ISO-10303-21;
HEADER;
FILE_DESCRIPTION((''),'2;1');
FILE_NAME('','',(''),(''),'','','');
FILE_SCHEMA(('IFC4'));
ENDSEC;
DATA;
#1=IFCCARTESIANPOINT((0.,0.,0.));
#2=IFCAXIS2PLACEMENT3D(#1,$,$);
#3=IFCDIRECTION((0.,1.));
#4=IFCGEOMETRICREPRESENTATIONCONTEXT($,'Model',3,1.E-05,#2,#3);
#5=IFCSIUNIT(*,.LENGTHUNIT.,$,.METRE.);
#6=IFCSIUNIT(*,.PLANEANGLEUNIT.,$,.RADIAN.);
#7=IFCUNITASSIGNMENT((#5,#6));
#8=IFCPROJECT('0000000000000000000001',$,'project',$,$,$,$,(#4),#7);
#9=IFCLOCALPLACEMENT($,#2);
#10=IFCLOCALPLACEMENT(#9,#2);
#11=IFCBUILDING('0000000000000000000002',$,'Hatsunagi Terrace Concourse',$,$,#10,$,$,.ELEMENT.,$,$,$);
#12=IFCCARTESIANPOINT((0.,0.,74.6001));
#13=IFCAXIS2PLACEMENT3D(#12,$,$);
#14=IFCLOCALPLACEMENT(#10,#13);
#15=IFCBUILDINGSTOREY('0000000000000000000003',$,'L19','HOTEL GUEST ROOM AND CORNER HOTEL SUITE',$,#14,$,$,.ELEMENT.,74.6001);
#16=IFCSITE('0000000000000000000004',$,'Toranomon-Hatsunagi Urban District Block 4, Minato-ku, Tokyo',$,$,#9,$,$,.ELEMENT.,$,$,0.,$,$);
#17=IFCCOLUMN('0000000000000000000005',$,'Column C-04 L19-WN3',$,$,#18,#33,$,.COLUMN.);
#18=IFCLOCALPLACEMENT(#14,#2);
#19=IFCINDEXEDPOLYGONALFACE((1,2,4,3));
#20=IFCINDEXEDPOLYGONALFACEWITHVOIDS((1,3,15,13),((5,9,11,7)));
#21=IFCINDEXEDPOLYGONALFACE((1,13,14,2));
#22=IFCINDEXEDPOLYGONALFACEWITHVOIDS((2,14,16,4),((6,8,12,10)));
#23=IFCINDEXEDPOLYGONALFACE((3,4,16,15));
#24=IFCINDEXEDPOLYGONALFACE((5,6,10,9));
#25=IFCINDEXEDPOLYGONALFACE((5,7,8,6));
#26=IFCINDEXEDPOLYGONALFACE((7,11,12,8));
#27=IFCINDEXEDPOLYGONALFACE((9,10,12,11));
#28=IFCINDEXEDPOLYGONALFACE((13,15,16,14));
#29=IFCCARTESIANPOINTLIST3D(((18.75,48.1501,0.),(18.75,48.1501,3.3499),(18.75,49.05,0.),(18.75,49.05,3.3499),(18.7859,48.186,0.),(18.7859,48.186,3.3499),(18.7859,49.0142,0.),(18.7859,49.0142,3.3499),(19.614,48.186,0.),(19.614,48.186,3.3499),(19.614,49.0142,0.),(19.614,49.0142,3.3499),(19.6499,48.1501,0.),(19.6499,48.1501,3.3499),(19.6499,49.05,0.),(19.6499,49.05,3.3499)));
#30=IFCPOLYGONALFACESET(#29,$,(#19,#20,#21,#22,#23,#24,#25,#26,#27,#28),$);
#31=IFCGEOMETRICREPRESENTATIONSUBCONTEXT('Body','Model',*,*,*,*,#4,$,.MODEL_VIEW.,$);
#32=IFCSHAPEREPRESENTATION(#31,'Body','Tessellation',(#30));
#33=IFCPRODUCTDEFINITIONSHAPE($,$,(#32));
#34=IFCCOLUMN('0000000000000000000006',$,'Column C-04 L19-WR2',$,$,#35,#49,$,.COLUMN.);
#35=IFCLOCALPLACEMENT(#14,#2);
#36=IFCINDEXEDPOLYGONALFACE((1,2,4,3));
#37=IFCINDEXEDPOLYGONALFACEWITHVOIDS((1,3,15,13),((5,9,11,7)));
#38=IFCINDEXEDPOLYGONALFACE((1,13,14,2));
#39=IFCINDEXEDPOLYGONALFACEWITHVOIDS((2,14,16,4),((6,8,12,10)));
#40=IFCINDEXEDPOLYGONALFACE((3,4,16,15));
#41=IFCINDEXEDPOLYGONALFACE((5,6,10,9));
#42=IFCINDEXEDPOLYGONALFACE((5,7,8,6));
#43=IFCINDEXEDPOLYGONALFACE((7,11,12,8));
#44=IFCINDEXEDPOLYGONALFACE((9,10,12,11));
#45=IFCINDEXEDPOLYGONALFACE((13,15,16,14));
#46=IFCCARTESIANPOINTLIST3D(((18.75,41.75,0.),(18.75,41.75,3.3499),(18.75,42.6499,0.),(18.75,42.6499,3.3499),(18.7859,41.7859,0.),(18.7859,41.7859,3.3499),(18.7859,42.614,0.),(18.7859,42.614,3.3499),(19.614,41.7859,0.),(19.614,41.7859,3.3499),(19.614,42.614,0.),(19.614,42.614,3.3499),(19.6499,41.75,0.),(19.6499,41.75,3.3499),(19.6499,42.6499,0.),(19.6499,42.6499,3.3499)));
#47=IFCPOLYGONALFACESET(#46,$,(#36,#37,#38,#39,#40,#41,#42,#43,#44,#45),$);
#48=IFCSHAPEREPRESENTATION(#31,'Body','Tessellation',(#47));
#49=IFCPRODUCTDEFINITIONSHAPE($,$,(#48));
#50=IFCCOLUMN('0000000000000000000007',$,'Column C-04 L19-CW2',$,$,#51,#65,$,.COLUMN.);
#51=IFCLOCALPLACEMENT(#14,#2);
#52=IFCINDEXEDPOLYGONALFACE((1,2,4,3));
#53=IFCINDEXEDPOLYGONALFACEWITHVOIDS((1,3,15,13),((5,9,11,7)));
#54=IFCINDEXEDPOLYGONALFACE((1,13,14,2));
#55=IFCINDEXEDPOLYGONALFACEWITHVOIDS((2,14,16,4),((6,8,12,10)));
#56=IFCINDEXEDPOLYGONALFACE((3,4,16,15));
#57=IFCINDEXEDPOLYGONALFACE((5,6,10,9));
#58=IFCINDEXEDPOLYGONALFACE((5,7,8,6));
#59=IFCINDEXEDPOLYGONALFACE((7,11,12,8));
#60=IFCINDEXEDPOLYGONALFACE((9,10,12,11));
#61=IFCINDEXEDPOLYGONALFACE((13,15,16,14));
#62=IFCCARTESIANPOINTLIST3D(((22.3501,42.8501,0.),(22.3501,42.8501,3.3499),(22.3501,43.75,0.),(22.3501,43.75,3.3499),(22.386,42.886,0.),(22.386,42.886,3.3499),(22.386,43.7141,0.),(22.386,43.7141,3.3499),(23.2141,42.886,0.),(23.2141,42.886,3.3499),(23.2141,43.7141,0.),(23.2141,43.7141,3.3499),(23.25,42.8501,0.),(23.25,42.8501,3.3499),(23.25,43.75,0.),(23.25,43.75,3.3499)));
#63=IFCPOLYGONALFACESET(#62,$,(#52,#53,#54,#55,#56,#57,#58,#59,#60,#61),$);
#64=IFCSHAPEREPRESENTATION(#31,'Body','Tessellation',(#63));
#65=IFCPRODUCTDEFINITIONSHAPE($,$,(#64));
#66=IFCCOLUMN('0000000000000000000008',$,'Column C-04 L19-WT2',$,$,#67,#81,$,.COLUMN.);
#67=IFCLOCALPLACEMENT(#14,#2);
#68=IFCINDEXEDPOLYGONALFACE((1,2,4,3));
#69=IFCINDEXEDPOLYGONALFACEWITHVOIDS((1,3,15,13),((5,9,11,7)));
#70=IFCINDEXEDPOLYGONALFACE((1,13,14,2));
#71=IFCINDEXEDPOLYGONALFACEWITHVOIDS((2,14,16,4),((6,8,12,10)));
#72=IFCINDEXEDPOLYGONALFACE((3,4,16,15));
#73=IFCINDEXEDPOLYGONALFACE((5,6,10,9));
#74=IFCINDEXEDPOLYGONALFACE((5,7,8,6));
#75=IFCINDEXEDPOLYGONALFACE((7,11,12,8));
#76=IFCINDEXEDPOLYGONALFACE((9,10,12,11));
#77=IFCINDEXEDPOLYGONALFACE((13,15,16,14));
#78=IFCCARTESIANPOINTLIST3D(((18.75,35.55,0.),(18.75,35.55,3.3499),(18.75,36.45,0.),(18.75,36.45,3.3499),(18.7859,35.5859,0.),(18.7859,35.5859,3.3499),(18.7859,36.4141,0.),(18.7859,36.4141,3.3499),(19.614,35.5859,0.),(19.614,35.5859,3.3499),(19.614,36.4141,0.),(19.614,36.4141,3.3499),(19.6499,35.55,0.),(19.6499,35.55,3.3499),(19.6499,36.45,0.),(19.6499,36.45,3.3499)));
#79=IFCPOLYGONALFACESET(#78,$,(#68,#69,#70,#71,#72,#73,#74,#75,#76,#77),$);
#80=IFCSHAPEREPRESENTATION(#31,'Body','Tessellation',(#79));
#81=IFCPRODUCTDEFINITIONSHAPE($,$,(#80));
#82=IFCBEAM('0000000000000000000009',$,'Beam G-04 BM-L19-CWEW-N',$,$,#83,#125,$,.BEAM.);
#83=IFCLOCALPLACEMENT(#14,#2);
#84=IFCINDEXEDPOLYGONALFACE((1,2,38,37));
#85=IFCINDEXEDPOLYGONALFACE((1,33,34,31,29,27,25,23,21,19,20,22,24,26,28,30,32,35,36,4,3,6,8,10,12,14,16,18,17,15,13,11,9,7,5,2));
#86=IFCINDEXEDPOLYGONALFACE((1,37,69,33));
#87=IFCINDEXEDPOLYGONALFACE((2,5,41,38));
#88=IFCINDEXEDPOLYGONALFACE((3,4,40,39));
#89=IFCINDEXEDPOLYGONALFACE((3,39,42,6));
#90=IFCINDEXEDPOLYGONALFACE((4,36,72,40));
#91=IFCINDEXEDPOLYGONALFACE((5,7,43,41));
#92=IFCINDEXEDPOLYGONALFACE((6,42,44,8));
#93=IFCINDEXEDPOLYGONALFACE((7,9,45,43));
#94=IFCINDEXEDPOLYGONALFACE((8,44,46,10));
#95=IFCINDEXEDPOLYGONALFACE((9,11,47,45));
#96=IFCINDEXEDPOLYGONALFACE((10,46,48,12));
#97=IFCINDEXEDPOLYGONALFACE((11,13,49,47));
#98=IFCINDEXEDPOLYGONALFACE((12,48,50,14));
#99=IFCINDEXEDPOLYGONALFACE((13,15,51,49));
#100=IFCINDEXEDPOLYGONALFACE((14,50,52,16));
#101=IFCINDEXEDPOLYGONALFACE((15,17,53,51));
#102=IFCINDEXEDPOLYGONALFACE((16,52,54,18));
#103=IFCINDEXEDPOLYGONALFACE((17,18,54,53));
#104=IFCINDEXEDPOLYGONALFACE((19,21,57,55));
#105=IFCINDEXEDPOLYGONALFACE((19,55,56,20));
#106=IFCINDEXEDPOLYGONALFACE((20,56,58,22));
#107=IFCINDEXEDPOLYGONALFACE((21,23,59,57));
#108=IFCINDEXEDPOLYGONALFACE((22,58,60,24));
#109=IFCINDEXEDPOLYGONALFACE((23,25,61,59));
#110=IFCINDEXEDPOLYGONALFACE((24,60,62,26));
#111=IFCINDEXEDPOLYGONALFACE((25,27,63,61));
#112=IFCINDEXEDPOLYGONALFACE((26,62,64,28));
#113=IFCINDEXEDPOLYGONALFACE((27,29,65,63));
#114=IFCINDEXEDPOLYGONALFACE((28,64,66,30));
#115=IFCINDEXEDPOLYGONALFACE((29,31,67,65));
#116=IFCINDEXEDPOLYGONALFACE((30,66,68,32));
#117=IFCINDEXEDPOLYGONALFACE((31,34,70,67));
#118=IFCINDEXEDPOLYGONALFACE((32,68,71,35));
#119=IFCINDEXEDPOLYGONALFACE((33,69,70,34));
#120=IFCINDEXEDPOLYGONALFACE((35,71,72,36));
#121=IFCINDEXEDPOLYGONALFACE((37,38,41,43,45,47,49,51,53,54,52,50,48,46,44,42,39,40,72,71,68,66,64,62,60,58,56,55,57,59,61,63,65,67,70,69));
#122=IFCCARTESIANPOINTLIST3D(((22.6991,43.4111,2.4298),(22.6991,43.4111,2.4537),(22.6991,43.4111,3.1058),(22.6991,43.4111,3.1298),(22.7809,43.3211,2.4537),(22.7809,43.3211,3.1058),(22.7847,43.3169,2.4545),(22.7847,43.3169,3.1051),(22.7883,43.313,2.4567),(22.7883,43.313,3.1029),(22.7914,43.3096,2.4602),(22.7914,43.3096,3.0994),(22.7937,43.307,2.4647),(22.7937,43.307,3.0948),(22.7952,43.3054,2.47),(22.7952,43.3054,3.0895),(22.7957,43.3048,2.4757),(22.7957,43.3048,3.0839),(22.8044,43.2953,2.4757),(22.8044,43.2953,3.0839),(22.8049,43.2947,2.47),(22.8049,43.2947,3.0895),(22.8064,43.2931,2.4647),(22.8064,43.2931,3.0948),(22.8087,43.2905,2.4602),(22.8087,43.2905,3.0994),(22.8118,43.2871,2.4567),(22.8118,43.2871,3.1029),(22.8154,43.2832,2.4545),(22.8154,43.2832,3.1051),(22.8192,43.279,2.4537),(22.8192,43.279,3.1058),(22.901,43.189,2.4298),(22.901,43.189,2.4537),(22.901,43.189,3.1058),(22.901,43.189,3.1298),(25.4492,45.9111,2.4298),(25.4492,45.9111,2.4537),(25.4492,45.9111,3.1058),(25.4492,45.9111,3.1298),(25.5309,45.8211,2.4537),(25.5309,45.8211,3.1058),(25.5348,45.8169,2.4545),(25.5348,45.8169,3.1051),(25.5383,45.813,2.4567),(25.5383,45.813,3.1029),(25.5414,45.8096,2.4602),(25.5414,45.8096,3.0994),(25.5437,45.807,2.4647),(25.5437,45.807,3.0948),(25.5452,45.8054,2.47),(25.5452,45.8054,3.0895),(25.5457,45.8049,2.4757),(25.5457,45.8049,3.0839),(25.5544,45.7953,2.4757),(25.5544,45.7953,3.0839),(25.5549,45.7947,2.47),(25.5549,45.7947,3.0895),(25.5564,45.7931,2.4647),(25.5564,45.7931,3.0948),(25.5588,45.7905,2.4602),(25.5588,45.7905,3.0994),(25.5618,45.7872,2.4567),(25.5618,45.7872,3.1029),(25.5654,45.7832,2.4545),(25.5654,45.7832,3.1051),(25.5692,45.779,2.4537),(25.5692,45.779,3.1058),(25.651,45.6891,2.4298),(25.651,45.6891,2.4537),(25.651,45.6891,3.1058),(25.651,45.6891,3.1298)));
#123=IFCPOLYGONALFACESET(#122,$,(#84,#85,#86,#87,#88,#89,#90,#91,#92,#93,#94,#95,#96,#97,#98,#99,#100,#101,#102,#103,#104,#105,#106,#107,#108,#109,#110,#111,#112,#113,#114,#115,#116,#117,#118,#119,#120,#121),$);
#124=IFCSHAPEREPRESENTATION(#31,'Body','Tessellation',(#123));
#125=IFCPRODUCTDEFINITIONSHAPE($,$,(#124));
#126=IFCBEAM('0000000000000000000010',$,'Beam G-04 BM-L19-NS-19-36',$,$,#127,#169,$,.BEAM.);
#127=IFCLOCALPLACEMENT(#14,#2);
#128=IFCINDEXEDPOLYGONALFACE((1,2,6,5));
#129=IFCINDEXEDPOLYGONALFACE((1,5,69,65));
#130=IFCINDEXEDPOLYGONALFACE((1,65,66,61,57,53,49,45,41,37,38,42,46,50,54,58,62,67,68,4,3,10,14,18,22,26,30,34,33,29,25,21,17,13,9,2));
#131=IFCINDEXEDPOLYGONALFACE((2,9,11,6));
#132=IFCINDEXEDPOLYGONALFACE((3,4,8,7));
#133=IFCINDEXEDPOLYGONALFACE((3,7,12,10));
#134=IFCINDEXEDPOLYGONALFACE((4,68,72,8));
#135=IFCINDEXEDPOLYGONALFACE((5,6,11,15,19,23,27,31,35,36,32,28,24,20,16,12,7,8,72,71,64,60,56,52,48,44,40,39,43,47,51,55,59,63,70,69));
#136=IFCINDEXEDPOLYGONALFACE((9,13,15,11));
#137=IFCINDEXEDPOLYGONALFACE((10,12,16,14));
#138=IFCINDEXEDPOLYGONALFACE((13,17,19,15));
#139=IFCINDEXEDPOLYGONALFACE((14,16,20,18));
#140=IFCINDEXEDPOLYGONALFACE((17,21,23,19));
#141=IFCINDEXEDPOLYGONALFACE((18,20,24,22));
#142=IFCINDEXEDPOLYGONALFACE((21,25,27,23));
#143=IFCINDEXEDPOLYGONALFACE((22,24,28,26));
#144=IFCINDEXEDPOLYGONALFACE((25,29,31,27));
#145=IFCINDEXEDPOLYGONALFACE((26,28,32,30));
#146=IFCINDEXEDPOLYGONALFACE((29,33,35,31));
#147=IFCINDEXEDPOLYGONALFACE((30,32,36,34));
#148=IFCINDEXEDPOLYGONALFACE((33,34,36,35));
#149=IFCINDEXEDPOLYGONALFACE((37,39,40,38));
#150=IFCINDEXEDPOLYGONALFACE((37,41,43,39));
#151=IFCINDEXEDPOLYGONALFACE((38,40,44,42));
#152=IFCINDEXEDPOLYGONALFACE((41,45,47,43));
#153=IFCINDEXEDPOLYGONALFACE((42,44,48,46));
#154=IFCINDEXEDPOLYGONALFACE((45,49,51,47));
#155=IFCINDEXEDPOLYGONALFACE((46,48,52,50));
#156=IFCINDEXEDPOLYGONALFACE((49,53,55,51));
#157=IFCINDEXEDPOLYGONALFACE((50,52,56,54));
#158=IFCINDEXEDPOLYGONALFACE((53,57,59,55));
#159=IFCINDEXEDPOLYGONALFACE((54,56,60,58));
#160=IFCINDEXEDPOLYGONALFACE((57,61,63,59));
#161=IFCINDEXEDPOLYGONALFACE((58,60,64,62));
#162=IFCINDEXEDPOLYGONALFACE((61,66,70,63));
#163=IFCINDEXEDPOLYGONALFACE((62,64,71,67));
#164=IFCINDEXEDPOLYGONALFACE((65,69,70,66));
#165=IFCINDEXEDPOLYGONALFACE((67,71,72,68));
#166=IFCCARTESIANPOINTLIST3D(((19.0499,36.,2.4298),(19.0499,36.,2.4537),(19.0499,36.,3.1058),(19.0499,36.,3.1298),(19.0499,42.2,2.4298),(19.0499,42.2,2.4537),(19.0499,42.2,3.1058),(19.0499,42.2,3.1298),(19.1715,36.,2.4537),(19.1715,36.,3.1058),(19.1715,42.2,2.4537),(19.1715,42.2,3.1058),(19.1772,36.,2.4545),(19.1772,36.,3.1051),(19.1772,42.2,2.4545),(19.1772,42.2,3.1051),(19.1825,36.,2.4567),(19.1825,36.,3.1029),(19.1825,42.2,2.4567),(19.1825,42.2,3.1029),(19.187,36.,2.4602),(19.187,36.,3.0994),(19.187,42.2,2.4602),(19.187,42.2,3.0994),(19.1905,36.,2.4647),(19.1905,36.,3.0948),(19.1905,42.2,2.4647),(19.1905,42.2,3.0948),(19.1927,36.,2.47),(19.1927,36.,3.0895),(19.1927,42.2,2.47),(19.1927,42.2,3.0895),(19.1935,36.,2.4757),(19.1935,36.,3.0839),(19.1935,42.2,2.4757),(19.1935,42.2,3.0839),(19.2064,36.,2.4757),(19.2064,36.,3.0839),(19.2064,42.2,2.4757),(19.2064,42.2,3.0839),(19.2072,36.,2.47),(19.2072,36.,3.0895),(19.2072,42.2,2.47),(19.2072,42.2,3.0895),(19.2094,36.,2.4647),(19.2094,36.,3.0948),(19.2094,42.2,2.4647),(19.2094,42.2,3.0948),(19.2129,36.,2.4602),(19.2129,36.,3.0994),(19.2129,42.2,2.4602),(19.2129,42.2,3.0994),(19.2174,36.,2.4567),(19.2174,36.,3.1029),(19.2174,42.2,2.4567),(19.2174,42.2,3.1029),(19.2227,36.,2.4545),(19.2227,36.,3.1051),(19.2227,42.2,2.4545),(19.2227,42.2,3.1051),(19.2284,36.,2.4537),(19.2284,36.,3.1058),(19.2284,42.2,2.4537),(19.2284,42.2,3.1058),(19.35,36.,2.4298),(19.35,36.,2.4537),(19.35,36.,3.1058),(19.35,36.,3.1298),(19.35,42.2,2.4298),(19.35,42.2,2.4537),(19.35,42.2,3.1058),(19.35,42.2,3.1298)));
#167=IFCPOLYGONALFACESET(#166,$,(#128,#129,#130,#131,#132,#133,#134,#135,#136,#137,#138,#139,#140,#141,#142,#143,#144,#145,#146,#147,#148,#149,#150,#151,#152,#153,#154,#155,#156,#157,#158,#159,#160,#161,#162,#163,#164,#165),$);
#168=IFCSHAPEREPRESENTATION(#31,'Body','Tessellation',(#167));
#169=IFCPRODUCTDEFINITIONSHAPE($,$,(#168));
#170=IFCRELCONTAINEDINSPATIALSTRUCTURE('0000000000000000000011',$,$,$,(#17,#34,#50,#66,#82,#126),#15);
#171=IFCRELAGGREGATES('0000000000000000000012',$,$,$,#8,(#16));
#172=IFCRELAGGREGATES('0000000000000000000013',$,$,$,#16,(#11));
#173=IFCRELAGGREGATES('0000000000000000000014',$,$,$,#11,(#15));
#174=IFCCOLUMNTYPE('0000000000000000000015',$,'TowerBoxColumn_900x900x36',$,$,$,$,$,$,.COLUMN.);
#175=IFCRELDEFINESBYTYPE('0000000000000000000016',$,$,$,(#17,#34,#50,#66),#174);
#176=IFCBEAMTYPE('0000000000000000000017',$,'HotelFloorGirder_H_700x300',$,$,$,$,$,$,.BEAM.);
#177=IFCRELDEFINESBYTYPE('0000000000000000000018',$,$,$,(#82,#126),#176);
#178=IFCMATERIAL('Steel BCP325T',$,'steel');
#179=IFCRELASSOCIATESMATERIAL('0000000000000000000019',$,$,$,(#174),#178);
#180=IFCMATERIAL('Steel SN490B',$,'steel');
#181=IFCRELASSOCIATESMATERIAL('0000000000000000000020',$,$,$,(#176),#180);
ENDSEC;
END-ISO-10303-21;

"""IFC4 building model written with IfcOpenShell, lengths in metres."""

from ifc_helpers import new_model, si_unit, direction, frame, origin, origin_2d, place, context, subcontext, project, spatial, hollow_rectangle, i_section, extrude, material, material_profile, profile_set, type_object, element, save


model = new_model("IFC4")

# Units and contexts
model_context = context("Model", 3, precision=1e-05, world=origin(), true_north=direction((0.0, 1.0)))
body_context = subcontext(model_context, "Body", "Model", "MODEL_VIEW")
ifc_project = project(units=[si_unit("LENGTHUNIT", "METRE"), si_unit("PLANEANGLEUNIT", "RADIAN")], contexts=[model_context])

# Site, building, storey
site_placement = place(None, origin())
site = spatial("IfcSite", under=ifc_project, at=site_placement, Name="Toranomon-Hatsunagi Urban District Block 4, Minato-ku, Tokyo", CompositionType="ELEMENT", RefElevation=0.0)
building_placement = place(site_placement, origin())
building = spatial("IfcBuilding", under=site, at=building_placement, Name="Hatsunagi Terrace Concourse", CompositionType="ELEMENT")
storey_placement = place(building_placement, frame((0.0, 0.0, 74.6001)))
storey = spatial("IfcBuildingStorey", under=building, at=storey_placement, Name="L19", Description="HOTEL GUEST ROOM AND CORNER HOTEL SUITE", CompositionType="ELEMENT", Elevation=74.6001)

# Columns
ifc_material_1 = material(Name="Steel BCP325T", Category="steel")
ifc_material_profile_1 = material_profile(ifc_material_1, hollow_rectangle(XDim=0.8999, YDim=0.8999, WallThickness=0.0359, at=origin_2d()), Name="BCP-900x900x36")
ifc_profile_set_1 = profile_set([ifc_material_profile_1], Name="Steel BCP325T")
column_type = type_object("IfcColumnType", Name="TowerBoxColumn_900x900x36", PredefinedType="COLUMN", material=ifc_profile_set_1)
for number, where, z_axis, x_axis, name in (
    (1, (19.2, 48.6001, 0.0), (0.0, 0.0, 1.0), (1.0, 0.0, 0.0), "Column C-04 L19-WN3"),
    (2, (19.2, 42.2, 0.0), (0.0, 0.0, 1.0), (1.0, 0.0, 0.0), "Column C-04 L19-WR2"),
    (3, (22.8, 43.3, 0.0), (0.0, 0.0, 1.0), (1.0, 0.0, 0.0), "Column C-04 L19-CW2"),
    (4, (19.2, 36.0, 0.0), (0.0, 0.0, 1.0), (1.0, 0.0, 0.0), "Column C-04 L19-WT2"),
):
    element("IfcColumn", number, at=place(storey_placement, frame(where, z_axis=z_axis, x_axis=x_axis)), inside=storey, type_object=column_type, Name=name, PredefinedType="COLUMN", context=body_context, shape_type="SweptSolid", body=[
        extrude(hollow_rectangle(XDim=0.8999, YDim=0.8999, WallThickness=0.0359, at=origin_2d()), origin(), (0.0, 0.0, 1.0), 3.3499),
    ])

# Beams
ifc_material_2 = material(Name="Steel SN490B", Category="steel")
ifc_material_profile_2 = material_profile(ifc_material_2, i_section(OverallWidth=0.3, OverallDepth=0.7, WebThickness=0.0129, FlangeThickness=0.0239, FilletRadius=0.022, at=origin_2d()), Name="H-700x300x13x24")
ifc_profile_set_2 = profile_set([ifc_material_profile_2], Name="Steel SN490B")
beam_type_1 = type_object("IfcBeamType", Name="HotelFloorGirder_H_700x300", PredefinedType="BEAM", material=ifc_profile_set_2)
beam_1_placement = place(storey_placement, frame((22.8, 43.3, 2.7798), z_axis=(0.73994, 0.672673, 0.0), x_axis=(-0.672673, 0.73994, 0.0)))
element("IfcBeam", 5, at=beam_1_placement, inside=storey, type_object=beam_type_1, Name="Beam G-04 BM-L19-CWEW-N", PredefinedType="BEAM", context=body_context, shape_type="SweptSolid", body=[
    extrude(i_section(OverallWidth=0.3, OverallDepth=0.7, WebThickness=0.0129, FlangeThickness=0.0239, FilletRadius=0.022, at=origin_2d()), origin(), (0.0, 0.0, 1.0), 3.7166),
])
beam_2_placement = place(storey_placement, frame((19.2, 36.0, 2.7798), z_axis=(0.0, 1.0, 0.0), x_axis=(-1.0, 0.0, 0.0)))
element("IfcBeam", 6, at=beam_2_placement, inside=storey, type_object=beam_type_1, Name="Beam G-04 BM-L19-NS-19-36", PredefinedType="BEAM", context=body_context, shape_type="SweptSolid", body=[
    extrude(i_section(OverallWidth=0.3, OverallDepth=0.7, WebThickness=0.0129, FlangeThickness=0.0239, FilletRadius=0.022, at=origin_2d()), origin(), (0.0, 0.0, 1.0), 6.2),
])

save(model, "model.ifc")
